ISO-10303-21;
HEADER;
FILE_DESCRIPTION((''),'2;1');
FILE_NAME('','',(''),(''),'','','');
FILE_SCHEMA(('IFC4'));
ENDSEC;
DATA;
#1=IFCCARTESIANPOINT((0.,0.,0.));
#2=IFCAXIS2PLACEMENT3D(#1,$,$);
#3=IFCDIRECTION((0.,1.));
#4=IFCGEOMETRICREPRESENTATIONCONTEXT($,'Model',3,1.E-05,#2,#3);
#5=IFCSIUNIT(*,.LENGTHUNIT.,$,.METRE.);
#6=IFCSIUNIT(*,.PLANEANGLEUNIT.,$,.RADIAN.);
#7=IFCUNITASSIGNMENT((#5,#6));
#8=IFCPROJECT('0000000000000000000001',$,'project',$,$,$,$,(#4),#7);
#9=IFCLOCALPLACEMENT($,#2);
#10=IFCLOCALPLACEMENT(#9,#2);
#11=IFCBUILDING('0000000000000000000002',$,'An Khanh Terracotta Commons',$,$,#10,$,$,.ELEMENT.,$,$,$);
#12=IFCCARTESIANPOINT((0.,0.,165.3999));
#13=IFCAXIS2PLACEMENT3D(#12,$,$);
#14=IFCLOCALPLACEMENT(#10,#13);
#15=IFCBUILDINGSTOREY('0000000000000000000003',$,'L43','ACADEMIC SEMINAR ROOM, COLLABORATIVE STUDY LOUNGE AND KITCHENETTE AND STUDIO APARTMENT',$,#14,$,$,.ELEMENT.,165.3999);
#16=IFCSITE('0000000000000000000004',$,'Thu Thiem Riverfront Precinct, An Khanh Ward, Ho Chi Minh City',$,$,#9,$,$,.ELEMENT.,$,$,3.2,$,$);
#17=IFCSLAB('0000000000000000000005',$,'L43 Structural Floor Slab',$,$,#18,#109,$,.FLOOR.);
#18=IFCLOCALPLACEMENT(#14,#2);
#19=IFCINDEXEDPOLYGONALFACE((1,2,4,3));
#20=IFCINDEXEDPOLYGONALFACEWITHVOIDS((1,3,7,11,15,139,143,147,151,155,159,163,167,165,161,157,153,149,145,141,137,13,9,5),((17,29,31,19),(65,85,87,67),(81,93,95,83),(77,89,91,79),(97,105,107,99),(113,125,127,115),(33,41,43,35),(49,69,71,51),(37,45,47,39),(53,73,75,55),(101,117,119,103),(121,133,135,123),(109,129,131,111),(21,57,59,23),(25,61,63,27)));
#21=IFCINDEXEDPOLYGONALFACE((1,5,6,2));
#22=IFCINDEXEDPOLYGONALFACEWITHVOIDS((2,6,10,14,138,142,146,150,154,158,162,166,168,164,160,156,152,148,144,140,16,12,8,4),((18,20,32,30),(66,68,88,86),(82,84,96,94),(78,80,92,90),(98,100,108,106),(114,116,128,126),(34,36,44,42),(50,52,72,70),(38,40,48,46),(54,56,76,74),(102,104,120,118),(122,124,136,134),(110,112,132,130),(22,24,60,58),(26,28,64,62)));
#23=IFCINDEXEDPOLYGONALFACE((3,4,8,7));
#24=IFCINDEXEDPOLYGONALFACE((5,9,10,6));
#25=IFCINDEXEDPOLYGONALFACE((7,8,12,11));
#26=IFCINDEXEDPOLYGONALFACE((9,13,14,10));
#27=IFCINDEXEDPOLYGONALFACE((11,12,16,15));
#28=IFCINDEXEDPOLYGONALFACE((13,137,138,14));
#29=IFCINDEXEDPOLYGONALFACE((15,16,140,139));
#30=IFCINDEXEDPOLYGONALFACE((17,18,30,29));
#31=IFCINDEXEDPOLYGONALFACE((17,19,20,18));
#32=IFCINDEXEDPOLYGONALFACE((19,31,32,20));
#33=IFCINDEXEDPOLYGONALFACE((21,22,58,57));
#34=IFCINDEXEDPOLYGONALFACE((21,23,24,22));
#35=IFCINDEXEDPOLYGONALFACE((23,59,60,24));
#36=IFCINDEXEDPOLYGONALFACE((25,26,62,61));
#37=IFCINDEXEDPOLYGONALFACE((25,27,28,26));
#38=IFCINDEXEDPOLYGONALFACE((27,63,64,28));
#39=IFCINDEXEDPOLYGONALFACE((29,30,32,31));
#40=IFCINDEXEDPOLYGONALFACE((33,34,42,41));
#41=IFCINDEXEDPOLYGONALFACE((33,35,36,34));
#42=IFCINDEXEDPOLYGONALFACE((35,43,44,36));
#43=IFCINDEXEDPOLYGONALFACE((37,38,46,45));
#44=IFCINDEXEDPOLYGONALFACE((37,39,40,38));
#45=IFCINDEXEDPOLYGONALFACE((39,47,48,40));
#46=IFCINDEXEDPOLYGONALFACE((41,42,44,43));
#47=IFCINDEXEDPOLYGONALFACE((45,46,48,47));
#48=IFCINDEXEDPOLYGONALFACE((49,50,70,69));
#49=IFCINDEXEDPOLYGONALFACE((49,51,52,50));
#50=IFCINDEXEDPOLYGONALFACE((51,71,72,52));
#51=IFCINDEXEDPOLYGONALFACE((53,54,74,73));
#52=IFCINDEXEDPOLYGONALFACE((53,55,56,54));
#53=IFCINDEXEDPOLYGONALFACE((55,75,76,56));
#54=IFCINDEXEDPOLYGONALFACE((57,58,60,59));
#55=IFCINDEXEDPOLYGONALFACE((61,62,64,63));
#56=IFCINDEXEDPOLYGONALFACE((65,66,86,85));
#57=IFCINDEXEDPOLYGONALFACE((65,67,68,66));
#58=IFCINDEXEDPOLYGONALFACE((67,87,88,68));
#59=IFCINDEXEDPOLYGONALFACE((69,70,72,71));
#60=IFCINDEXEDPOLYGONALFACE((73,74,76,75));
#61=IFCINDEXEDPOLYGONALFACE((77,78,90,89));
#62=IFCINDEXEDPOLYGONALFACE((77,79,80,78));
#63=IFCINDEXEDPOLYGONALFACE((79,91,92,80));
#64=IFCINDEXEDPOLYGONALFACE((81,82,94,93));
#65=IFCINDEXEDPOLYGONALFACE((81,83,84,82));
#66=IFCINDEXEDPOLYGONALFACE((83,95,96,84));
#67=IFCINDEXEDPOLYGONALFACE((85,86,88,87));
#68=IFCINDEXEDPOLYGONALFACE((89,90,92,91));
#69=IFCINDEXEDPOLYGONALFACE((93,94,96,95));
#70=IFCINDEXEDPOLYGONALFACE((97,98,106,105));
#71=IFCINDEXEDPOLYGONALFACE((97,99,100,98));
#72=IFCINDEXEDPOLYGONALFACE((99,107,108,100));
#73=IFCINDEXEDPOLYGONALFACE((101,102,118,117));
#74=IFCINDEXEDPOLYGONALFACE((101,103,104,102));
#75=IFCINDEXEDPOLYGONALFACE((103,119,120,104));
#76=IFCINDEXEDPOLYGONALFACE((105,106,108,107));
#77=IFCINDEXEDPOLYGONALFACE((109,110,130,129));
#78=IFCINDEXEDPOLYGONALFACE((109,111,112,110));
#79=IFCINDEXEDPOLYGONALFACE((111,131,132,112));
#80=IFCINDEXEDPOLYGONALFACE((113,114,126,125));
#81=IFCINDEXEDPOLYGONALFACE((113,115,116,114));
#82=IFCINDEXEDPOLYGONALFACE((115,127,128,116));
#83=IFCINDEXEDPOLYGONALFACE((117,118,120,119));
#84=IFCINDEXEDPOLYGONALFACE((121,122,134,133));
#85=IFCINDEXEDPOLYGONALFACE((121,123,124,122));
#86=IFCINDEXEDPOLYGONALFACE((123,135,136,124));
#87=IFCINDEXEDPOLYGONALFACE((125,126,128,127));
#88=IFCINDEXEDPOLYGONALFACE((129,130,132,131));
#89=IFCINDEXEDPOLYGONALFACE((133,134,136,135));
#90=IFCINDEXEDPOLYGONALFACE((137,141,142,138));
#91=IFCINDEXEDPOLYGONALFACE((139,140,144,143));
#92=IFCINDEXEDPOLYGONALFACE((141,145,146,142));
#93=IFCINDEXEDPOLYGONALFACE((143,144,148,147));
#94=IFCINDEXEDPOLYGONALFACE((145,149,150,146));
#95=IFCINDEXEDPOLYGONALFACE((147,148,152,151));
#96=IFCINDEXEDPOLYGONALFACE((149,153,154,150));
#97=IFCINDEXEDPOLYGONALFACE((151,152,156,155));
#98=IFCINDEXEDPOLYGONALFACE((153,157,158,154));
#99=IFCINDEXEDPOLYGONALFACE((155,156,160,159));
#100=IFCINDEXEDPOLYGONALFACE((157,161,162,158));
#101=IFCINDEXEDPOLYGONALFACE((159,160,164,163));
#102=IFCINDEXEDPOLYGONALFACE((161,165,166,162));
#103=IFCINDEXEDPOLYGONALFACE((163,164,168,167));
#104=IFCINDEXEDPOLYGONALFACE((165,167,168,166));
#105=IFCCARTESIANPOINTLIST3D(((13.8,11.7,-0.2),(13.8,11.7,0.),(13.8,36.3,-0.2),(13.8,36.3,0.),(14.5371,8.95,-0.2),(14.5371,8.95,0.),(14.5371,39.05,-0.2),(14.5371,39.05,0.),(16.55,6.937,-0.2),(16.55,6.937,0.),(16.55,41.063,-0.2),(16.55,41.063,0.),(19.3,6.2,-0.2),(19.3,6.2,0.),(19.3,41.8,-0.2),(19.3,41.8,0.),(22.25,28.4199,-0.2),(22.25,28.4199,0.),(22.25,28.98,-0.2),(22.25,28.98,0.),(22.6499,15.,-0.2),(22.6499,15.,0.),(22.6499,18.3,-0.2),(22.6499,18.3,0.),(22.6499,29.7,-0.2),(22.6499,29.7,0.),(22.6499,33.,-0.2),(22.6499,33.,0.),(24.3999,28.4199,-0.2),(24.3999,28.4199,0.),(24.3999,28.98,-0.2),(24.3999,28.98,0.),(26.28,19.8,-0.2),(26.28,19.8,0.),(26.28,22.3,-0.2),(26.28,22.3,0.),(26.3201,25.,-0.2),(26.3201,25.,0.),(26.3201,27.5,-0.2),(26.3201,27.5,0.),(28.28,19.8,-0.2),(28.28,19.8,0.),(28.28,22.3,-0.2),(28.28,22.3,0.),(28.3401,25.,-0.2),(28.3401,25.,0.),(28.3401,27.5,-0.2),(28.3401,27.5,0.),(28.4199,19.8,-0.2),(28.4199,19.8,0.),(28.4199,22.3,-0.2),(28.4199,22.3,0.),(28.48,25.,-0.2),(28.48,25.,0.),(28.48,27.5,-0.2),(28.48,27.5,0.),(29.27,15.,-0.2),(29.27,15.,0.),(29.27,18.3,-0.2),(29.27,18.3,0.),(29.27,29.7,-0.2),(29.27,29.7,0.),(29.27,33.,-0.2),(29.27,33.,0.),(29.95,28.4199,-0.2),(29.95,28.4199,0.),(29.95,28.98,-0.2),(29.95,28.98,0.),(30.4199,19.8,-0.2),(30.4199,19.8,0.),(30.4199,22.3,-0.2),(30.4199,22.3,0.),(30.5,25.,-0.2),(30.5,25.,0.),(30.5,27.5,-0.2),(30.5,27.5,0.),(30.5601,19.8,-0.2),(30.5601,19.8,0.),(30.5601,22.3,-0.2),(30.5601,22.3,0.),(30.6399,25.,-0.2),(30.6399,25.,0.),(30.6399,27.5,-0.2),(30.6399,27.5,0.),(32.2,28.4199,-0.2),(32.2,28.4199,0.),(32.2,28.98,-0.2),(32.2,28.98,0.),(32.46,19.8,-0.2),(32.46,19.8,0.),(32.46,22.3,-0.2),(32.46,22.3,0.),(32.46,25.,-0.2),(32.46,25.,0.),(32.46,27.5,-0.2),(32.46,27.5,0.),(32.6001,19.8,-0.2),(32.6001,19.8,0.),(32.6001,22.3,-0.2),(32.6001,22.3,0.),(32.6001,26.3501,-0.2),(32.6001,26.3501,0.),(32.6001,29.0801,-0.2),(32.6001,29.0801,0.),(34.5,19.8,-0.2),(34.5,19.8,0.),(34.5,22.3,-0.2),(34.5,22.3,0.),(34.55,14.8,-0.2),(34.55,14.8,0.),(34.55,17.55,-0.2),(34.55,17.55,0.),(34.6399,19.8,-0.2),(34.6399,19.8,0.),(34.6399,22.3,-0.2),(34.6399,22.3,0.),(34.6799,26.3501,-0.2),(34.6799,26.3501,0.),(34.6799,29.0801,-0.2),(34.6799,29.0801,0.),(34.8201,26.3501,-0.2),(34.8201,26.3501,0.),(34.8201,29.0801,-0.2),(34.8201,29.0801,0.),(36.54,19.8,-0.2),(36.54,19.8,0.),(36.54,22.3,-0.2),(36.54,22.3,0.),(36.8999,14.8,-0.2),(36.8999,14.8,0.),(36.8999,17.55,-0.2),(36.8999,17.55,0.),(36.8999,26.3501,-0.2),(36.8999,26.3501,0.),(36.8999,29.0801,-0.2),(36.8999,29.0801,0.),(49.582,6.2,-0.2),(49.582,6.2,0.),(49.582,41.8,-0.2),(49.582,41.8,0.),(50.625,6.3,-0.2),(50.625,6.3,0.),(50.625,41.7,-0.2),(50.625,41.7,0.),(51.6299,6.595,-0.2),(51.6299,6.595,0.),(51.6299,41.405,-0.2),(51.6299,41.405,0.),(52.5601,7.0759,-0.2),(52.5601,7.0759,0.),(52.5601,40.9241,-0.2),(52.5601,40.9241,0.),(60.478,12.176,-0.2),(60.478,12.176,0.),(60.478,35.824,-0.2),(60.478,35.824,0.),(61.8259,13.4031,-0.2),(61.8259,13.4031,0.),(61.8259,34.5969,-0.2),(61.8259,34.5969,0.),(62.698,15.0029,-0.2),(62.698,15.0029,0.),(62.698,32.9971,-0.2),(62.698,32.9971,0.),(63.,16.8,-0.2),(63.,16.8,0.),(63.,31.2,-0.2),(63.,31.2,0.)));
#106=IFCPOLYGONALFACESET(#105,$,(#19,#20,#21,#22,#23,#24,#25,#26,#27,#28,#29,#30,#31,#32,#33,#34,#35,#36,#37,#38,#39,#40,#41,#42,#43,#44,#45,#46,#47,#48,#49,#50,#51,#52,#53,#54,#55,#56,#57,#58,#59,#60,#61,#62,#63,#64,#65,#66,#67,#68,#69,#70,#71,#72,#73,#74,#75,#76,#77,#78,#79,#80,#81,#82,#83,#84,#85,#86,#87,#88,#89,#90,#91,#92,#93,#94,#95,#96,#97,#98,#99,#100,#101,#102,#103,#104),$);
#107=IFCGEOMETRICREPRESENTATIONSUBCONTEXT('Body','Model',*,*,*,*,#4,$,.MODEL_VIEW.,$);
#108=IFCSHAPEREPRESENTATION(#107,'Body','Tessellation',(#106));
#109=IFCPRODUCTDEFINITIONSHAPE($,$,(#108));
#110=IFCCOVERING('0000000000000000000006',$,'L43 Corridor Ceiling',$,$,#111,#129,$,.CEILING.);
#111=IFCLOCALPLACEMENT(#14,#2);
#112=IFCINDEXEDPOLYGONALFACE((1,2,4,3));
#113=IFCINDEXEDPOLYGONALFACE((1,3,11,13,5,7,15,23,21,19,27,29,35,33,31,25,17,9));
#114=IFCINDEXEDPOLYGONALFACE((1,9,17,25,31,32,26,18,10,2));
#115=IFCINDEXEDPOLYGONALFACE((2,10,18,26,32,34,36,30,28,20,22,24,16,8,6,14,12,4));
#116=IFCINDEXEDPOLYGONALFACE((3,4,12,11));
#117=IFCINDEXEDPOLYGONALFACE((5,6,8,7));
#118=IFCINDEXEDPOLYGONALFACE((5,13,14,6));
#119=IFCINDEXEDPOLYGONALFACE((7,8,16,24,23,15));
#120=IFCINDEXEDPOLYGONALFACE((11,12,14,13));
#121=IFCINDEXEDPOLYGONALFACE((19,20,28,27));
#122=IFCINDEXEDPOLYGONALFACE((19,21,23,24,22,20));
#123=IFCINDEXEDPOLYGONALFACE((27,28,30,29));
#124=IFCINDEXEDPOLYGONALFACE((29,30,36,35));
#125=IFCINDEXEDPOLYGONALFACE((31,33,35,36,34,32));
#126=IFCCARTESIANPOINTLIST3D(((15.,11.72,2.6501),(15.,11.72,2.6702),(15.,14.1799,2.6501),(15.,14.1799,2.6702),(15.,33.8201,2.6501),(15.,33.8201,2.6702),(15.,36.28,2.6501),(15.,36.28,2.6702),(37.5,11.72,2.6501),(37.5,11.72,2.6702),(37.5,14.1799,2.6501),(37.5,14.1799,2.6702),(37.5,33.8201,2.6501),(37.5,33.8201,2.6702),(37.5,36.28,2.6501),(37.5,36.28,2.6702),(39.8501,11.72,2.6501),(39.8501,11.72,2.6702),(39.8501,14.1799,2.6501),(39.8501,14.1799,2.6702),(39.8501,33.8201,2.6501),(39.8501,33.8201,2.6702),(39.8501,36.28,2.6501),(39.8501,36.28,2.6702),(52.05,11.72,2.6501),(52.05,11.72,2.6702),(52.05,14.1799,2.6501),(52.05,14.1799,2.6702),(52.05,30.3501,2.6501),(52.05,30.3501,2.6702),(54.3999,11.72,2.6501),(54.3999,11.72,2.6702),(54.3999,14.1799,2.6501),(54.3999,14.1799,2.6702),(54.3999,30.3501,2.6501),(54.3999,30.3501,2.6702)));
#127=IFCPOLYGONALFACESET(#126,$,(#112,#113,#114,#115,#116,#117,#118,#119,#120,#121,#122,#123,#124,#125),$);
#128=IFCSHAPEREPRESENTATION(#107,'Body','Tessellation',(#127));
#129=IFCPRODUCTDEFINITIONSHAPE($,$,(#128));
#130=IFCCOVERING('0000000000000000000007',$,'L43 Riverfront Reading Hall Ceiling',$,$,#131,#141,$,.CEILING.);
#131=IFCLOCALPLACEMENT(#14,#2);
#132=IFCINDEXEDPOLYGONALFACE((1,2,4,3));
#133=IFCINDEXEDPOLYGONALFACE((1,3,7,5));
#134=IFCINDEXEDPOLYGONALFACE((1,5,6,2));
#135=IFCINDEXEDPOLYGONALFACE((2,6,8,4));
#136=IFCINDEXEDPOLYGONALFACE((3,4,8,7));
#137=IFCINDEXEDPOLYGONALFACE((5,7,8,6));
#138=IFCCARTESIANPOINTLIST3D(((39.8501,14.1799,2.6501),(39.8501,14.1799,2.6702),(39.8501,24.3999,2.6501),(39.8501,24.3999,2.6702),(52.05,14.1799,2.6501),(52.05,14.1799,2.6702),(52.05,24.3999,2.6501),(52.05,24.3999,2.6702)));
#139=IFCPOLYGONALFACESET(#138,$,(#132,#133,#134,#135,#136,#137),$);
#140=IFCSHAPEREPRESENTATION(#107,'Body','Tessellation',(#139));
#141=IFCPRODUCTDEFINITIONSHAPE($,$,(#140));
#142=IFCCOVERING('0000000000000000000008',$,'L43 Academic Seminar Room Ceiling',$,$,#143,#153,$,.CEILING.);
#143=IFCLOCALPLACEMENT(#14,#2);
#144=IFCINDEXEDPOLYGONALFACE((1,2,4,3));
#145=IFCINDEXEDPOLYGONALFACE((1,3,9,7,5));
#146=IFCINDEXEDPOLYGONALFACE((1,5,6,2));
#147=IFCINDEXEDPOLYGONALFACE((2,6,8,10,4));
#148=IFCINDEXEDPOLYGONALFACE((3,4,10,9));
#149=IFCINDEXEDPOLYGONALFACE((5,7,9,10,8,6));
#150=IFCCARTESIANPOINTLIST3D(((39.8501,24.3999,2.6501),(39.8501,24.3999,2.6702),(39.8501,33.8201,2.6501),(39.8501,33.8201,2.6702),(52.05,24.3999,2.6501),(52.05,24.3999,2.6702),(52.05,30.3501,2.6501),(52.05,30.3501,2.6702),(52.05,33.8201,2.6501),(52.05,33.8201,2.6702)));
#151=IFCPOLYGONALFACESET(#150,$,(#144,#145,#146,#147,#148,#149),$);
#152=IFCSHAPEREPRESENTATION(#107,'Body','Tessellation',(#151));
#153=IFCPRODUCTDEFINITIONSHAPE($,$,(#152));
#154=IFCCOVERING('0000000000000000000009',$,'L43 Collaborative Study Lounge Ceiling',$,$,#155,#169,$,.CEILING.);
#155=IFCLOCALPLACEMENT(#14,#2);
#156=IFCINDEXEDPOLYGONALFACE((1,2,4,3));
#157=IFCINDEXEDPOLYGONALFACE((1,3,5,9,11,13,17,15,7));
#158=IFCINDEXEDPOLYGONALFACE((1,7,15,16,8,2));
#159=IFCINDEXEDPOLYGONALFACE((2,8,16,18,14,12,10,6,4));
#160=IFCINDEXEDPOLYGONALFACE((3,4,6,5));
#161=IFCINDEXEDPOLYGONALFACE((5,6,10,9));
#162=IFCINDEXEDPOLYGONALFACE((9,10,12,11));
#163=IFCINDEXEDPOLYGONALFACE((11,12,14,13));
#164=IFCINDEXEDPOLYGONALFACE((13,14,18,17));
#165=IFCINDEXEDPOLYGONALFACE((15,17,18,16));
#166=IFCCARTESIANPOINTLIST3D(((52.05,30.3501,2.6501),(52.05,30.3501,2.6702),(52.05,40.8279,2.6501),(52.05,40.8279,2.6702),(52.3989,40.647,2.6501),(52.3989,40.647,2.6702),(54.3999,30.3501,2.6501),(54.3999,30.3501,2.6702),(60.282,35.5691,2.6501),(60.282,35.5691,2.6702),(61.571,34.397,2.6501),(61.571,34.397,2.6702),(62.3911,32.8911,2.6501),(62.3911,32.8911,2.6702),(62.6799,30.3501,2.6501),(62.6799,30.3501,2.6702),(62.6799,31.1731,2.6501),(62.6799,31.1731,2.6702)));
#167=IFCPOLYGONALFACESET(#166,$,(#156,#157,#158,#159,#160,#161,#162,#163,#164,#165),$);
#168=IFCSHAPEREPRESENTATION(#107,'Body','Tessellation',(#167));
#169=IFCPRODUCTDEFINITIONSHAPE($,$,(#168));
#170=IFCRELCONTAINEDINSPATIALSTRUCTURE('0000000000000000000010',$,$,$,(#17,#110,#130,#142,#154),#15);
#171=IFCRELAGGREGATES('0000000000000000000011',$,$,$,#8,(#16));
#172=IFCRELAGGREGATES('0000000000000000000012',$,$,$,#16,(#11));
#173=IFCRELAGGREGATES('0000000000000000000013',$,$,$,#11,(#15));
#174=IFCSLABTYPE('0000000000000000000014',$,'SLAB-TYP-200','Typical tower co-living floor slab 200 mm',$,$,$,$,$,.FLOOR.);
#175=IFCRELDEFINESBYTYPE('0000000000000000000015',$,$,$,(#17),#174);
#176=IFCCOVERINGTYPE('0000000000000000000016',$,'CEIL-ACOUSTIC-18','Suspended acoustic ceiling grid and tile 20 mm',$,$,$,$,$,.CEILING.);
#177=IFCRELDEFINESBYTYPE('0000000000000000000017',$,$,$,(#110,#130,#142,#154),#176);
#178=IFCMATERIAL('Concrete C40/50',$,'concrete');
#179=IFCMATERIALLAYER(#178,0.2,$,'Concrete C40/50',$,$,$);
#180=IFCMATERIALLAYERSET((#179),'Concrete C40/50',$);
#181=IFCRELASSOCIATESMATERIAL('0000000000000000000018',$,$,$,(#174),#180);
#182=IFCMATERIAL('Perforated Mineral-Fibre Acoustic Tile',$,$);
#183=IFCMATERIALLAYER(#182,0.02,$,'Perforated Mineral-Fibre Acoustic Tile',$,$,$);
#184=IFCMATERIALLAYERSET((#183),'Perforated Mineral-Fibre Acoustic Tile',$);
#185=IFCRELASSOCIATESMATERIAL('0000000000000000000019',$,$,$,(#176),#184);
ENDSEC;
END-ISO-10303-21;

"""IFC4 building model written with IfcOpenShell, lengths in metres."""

from ifc_helpers import new_model, si_unit, direction, frame, origin, place, context, subcontext, project, spatial, polyline, outline, extrude, material, layer, layer_set, type_object, element, save


model = new_model("IFC4")

# Units and contexts
model_context = context("Model", 3, precision=1e-05, world=origin(), true_north=direction((0.0, 1.0)))
body_context = subcontext(model_context, "Body", "Model", "MODEL_VIEW")
ifc_project = project(units=[si_unit("LENGTHUNIT", "METRE"), si_unit("PLANEANGLEUNIT", "RADIAN")], contexts=[model_context])

# Site, building, storey
site_placement = place(None, origin())
site = spatial("IfcSite", under=ifc_project, at=site_placement, Name="Thu Thiem Riverfront Precinct, An Khanh Ward, Ho Chi Minh City", CompositionType="ELEMENT", RefElevation=3.2)
building_placement = place(site_placement, origin())
building = spatial("IfcBuilding", under=site, at=building_placement, Name="An Khanh Terracotta Commons", CompositionType="ELEMENT")
storey_placement = place(building_placement, frame((0.0, 0.0, 165.3999)))
storey = spatial("IfcBuildingStorey", under=building, at=storey_placement, Name="L43", Description="ACADEMIC SEMINAR ROOM, COLLABORATIVE STUDY LOUNGE AND KITCHENETTE AND STUDIO APARTMENT", CompositionType="ELEMENT", Elevation=165.3999)

# Shared definitions
ifc_material_1 = material(Name="Concrete C40/50", Category="concrete")

# Slab
ifc_layer_1 = layer(ifc_material_1, 0.2, Name="Concrete C40/50")
ifc_layer_set_1 = layer_set([ifc_layer_1], Name="Concrete C40/50")
slab_type_1 = type_object("IfcSlabType", Name="SLAB-TYP-200", Description="Typical tower co-living floor slab 200 mm", PredefinedType="FLOOR", material=ifc_layer_set_1)
slab_1_placement = place(storey_placement, frame((0.0, 0.0, -0.2)))
element("IfcSlab", 1, at=slab_1_placement, inside=storey, type_object=slab_type_1, Name="L43 Structural Floor Slab", PredefinedType="FLOOR", context=body_context, shape_type="SweptSolid", body=[
    extrude(outline(polyline([(13.8, 11.7), (14.5371, 8.95), (16.55, 6.937), (19.3, 6.2), (49.582, 6.2), (50.625, 6.3), (51.6299, 6.595), (52.5601, 7.0759), (60.478, 12.176), (61.8259, 13.4031), (62.698, 15.0029), (63.0, 16.8), (63.0, 31.2), (62.698, 32.9971), (61.8259, 34.5969), (60.478, 35.824), (52.5601, 40.9241), (51.6299, 41.405), (50.625, 41.7), (49.582, 41.8), (19.3, 41.8), (16.55, 41.063), (14.5371, 39.05), (13.8, 36.3), (13.8, 11.7)]), holes=[polyline([(22.6499, 29.7), (29.27, 29.7), (29.27, 33.0), (22.6499, 33.0), (22.6499, 29.7)]), polyline([(22.6499, 15.0), (29.27, 15.0), (29.27, 18.3), (22.6499, 18.3), (22.6499, 15.0)]), polyline([(32.6001, 26.3501), (34.6799, 26.3501), (34.6799, 29.0801), (32.6001, 29.0801), (32.6001, 26.3501)]), polyline([(34.8201, 26.3501), (36.8999, 26.3501), (36.8999, 29.0801), (34.8201, 29.0801), (34.8201, 26.3501)]), polyline([(34.55, 14.8), (36.8999, 14.8), (36.8999, 17.55), (34.55, 17.55), (34.55, 14.8)]), polyline([(26.3201, 25.0), (28.3401, 25.0), (28.3401, 27.5), (26.3201, 27.5), (26.3201, 25.0)]), polyline([(28.48, 25.0), (30.5, 25.0), (30.5, 27.5), (28.48, 27.5), (28.48, 25.0)]), polyline([(26.28, 19.8), (28.28, 19.8), (28.28, 22.3), (26.28, 22.3), (26.28, 19.8)]), polyline([(28.4199, 19.8), (30.4199, 19.8), (30.4199, 22.3), (28.4199, 22.3), (28.4199, 19.8)]), polyline([(30.6399, 25.0), (32.46, 25.0), (32.46, 27.5), (30.6399, 27.5), (30.6399, 25.0)]), polyline([(30.5601, 19.8), (32.46, 19.8), (32.46, 22.3), (30.5601, 22.3), (30.5601, 19.8)]), polyline([(32.6001, 19.8), (34.5, 19.8), (34.5, 22.3), (32.6001, 22.3), (32.6001, 19.8)]), polyline([(34.6399, 19.8), (36.54, 19.8), (36.54, 22.3), (34.6399, 22.3), (34.6399, 19.8)]), polyline([(22.25, 28.4199), (24.3999, 28.4199), (24.3999, 28.98), (22.25, 28.98), (22.25, 28.4199)]), polyline([(29.95, 28.4199), (32.2, 28.4199), (32.2, 28.98), (29.95, 28.98), (29.95, 28.4199)])]), origin(), (0.0, 0.0, 1.0), 0.2),
])

# Coverings
ifc_material_2 = material(Name="Perforated Mineral-Fibre Acoustic Tile")
ifc_layer_2 = layer(ifc_material_2, 0.02, Name="Perforated Mineral-Fibre Acoustic Tile")
ifc_layer_set_2 = layer_set([ifc_layer_2], Name="Perforated Mineral-Fibre Acoustic Tile")
covering_type_1 = type_object("IfcCoveringType", Name="CEIL-ACOUSTIC-18", Description="Suspended acoustic ceiling grid and tile 20 mm", PredefinedType="CEILING", material=ifc_layer_set_2)
covering_1_placement = place(storey_placement, frame((0.0, 0.0, 2.6501)))
element("IfcCovering", 2, at=covering_1_placement, inside=storey, type_object=covering_type_1, Name="L43 Corridor Ceiling", PredefinedType="CEILING", context=body_context, shape_type="SweptSolid", body=[
    extrude(outline(polyline([(52.05, 30.3501), (54.3999, 30.3501), (54.3999, 14.1799), (54.3999, 11.72), (52.05, 11.72), (39.8501, 11.72), (37.5, 11.72), (15.0, 11.72), (15.0, 14.1799), (37.5, 14.1799), (37.5, 33.8201), (15.0, 33.8201), (15.0, 36.28), (37.5, 36.28), (39.8501, 36.28), (39.8501, 33.8201), (39.8501, 14.1799), (52.05, 14.1799), (52.05, 30.3501)])), origin(), (0.0, 0.0, 1.0), 0.02),
])
covering_2_placement = place(storey_placement, frame((0.0, 0.0, 2.6501)))
element("IfcCovering", 3, at=covering_2_placement, inside=storey, type_object=covering_type_1, Name="L43 Riverfront Reading Hall Ceiling", PredefinedType="CEILING", context=body_context, shape_type="SweptSolid", body=[
    extrude(outline(polyline([(39.8501, 24.3999), (52.05, 24.3999), (52.05, 14.1799), (39.8501, 14.1799), (39.8501, 24.3999)])), origin(), (0.0, 0.0, 1.0), 0.02),
])
covering_3_placement = place(storey_placement, frame((0.0, 0.0, 2.6501)))
element("IfcCovering", 4, at=covering_3_placement, inside=storey, type_object=covering_type_1, Name="L43 Academic Seminar Room Ceiling", PredefinedType="CEILING", context=body_context, shape_type="SweptSolid", body=[
    extrude(outline(polyline([(39.8501, 33.8201), (52.05, 33.8201), (52.05, 30.3501), (52.05, 24.3999), (39.8501, 24.3999), (39.8501, 33.8201)])), origin(), (0.0, 0.0, 1.0), 0.02),
])
covering_4_placement = place(storey_placement, frame((0.0, 0.0, 2.6501)))
element("IfcCovering", 5, at=covering_4_placement, inside=storey, type_object=covering_type_1, Name="L43 Collaborative Study Lounge Ceiling", PredefinedType="CEILING", context=body_context, shape_type="SweptSolid", body=[
    extrude(outline(polyline([(52.3989, 40.647), (60.282, 35.5691), (61.571, 34.397), (62.3911, 32.8911), (62.6799, 31.1731), (62.6799, 30.3501), (54.3999, 30.3501), (52.05, 30.3501), (52.05, 40.8279), (52.3989, 40.647)])), origin(), (0.0, 0.0, 1.0), 0.02),
])

save(model, "model.ifc")
